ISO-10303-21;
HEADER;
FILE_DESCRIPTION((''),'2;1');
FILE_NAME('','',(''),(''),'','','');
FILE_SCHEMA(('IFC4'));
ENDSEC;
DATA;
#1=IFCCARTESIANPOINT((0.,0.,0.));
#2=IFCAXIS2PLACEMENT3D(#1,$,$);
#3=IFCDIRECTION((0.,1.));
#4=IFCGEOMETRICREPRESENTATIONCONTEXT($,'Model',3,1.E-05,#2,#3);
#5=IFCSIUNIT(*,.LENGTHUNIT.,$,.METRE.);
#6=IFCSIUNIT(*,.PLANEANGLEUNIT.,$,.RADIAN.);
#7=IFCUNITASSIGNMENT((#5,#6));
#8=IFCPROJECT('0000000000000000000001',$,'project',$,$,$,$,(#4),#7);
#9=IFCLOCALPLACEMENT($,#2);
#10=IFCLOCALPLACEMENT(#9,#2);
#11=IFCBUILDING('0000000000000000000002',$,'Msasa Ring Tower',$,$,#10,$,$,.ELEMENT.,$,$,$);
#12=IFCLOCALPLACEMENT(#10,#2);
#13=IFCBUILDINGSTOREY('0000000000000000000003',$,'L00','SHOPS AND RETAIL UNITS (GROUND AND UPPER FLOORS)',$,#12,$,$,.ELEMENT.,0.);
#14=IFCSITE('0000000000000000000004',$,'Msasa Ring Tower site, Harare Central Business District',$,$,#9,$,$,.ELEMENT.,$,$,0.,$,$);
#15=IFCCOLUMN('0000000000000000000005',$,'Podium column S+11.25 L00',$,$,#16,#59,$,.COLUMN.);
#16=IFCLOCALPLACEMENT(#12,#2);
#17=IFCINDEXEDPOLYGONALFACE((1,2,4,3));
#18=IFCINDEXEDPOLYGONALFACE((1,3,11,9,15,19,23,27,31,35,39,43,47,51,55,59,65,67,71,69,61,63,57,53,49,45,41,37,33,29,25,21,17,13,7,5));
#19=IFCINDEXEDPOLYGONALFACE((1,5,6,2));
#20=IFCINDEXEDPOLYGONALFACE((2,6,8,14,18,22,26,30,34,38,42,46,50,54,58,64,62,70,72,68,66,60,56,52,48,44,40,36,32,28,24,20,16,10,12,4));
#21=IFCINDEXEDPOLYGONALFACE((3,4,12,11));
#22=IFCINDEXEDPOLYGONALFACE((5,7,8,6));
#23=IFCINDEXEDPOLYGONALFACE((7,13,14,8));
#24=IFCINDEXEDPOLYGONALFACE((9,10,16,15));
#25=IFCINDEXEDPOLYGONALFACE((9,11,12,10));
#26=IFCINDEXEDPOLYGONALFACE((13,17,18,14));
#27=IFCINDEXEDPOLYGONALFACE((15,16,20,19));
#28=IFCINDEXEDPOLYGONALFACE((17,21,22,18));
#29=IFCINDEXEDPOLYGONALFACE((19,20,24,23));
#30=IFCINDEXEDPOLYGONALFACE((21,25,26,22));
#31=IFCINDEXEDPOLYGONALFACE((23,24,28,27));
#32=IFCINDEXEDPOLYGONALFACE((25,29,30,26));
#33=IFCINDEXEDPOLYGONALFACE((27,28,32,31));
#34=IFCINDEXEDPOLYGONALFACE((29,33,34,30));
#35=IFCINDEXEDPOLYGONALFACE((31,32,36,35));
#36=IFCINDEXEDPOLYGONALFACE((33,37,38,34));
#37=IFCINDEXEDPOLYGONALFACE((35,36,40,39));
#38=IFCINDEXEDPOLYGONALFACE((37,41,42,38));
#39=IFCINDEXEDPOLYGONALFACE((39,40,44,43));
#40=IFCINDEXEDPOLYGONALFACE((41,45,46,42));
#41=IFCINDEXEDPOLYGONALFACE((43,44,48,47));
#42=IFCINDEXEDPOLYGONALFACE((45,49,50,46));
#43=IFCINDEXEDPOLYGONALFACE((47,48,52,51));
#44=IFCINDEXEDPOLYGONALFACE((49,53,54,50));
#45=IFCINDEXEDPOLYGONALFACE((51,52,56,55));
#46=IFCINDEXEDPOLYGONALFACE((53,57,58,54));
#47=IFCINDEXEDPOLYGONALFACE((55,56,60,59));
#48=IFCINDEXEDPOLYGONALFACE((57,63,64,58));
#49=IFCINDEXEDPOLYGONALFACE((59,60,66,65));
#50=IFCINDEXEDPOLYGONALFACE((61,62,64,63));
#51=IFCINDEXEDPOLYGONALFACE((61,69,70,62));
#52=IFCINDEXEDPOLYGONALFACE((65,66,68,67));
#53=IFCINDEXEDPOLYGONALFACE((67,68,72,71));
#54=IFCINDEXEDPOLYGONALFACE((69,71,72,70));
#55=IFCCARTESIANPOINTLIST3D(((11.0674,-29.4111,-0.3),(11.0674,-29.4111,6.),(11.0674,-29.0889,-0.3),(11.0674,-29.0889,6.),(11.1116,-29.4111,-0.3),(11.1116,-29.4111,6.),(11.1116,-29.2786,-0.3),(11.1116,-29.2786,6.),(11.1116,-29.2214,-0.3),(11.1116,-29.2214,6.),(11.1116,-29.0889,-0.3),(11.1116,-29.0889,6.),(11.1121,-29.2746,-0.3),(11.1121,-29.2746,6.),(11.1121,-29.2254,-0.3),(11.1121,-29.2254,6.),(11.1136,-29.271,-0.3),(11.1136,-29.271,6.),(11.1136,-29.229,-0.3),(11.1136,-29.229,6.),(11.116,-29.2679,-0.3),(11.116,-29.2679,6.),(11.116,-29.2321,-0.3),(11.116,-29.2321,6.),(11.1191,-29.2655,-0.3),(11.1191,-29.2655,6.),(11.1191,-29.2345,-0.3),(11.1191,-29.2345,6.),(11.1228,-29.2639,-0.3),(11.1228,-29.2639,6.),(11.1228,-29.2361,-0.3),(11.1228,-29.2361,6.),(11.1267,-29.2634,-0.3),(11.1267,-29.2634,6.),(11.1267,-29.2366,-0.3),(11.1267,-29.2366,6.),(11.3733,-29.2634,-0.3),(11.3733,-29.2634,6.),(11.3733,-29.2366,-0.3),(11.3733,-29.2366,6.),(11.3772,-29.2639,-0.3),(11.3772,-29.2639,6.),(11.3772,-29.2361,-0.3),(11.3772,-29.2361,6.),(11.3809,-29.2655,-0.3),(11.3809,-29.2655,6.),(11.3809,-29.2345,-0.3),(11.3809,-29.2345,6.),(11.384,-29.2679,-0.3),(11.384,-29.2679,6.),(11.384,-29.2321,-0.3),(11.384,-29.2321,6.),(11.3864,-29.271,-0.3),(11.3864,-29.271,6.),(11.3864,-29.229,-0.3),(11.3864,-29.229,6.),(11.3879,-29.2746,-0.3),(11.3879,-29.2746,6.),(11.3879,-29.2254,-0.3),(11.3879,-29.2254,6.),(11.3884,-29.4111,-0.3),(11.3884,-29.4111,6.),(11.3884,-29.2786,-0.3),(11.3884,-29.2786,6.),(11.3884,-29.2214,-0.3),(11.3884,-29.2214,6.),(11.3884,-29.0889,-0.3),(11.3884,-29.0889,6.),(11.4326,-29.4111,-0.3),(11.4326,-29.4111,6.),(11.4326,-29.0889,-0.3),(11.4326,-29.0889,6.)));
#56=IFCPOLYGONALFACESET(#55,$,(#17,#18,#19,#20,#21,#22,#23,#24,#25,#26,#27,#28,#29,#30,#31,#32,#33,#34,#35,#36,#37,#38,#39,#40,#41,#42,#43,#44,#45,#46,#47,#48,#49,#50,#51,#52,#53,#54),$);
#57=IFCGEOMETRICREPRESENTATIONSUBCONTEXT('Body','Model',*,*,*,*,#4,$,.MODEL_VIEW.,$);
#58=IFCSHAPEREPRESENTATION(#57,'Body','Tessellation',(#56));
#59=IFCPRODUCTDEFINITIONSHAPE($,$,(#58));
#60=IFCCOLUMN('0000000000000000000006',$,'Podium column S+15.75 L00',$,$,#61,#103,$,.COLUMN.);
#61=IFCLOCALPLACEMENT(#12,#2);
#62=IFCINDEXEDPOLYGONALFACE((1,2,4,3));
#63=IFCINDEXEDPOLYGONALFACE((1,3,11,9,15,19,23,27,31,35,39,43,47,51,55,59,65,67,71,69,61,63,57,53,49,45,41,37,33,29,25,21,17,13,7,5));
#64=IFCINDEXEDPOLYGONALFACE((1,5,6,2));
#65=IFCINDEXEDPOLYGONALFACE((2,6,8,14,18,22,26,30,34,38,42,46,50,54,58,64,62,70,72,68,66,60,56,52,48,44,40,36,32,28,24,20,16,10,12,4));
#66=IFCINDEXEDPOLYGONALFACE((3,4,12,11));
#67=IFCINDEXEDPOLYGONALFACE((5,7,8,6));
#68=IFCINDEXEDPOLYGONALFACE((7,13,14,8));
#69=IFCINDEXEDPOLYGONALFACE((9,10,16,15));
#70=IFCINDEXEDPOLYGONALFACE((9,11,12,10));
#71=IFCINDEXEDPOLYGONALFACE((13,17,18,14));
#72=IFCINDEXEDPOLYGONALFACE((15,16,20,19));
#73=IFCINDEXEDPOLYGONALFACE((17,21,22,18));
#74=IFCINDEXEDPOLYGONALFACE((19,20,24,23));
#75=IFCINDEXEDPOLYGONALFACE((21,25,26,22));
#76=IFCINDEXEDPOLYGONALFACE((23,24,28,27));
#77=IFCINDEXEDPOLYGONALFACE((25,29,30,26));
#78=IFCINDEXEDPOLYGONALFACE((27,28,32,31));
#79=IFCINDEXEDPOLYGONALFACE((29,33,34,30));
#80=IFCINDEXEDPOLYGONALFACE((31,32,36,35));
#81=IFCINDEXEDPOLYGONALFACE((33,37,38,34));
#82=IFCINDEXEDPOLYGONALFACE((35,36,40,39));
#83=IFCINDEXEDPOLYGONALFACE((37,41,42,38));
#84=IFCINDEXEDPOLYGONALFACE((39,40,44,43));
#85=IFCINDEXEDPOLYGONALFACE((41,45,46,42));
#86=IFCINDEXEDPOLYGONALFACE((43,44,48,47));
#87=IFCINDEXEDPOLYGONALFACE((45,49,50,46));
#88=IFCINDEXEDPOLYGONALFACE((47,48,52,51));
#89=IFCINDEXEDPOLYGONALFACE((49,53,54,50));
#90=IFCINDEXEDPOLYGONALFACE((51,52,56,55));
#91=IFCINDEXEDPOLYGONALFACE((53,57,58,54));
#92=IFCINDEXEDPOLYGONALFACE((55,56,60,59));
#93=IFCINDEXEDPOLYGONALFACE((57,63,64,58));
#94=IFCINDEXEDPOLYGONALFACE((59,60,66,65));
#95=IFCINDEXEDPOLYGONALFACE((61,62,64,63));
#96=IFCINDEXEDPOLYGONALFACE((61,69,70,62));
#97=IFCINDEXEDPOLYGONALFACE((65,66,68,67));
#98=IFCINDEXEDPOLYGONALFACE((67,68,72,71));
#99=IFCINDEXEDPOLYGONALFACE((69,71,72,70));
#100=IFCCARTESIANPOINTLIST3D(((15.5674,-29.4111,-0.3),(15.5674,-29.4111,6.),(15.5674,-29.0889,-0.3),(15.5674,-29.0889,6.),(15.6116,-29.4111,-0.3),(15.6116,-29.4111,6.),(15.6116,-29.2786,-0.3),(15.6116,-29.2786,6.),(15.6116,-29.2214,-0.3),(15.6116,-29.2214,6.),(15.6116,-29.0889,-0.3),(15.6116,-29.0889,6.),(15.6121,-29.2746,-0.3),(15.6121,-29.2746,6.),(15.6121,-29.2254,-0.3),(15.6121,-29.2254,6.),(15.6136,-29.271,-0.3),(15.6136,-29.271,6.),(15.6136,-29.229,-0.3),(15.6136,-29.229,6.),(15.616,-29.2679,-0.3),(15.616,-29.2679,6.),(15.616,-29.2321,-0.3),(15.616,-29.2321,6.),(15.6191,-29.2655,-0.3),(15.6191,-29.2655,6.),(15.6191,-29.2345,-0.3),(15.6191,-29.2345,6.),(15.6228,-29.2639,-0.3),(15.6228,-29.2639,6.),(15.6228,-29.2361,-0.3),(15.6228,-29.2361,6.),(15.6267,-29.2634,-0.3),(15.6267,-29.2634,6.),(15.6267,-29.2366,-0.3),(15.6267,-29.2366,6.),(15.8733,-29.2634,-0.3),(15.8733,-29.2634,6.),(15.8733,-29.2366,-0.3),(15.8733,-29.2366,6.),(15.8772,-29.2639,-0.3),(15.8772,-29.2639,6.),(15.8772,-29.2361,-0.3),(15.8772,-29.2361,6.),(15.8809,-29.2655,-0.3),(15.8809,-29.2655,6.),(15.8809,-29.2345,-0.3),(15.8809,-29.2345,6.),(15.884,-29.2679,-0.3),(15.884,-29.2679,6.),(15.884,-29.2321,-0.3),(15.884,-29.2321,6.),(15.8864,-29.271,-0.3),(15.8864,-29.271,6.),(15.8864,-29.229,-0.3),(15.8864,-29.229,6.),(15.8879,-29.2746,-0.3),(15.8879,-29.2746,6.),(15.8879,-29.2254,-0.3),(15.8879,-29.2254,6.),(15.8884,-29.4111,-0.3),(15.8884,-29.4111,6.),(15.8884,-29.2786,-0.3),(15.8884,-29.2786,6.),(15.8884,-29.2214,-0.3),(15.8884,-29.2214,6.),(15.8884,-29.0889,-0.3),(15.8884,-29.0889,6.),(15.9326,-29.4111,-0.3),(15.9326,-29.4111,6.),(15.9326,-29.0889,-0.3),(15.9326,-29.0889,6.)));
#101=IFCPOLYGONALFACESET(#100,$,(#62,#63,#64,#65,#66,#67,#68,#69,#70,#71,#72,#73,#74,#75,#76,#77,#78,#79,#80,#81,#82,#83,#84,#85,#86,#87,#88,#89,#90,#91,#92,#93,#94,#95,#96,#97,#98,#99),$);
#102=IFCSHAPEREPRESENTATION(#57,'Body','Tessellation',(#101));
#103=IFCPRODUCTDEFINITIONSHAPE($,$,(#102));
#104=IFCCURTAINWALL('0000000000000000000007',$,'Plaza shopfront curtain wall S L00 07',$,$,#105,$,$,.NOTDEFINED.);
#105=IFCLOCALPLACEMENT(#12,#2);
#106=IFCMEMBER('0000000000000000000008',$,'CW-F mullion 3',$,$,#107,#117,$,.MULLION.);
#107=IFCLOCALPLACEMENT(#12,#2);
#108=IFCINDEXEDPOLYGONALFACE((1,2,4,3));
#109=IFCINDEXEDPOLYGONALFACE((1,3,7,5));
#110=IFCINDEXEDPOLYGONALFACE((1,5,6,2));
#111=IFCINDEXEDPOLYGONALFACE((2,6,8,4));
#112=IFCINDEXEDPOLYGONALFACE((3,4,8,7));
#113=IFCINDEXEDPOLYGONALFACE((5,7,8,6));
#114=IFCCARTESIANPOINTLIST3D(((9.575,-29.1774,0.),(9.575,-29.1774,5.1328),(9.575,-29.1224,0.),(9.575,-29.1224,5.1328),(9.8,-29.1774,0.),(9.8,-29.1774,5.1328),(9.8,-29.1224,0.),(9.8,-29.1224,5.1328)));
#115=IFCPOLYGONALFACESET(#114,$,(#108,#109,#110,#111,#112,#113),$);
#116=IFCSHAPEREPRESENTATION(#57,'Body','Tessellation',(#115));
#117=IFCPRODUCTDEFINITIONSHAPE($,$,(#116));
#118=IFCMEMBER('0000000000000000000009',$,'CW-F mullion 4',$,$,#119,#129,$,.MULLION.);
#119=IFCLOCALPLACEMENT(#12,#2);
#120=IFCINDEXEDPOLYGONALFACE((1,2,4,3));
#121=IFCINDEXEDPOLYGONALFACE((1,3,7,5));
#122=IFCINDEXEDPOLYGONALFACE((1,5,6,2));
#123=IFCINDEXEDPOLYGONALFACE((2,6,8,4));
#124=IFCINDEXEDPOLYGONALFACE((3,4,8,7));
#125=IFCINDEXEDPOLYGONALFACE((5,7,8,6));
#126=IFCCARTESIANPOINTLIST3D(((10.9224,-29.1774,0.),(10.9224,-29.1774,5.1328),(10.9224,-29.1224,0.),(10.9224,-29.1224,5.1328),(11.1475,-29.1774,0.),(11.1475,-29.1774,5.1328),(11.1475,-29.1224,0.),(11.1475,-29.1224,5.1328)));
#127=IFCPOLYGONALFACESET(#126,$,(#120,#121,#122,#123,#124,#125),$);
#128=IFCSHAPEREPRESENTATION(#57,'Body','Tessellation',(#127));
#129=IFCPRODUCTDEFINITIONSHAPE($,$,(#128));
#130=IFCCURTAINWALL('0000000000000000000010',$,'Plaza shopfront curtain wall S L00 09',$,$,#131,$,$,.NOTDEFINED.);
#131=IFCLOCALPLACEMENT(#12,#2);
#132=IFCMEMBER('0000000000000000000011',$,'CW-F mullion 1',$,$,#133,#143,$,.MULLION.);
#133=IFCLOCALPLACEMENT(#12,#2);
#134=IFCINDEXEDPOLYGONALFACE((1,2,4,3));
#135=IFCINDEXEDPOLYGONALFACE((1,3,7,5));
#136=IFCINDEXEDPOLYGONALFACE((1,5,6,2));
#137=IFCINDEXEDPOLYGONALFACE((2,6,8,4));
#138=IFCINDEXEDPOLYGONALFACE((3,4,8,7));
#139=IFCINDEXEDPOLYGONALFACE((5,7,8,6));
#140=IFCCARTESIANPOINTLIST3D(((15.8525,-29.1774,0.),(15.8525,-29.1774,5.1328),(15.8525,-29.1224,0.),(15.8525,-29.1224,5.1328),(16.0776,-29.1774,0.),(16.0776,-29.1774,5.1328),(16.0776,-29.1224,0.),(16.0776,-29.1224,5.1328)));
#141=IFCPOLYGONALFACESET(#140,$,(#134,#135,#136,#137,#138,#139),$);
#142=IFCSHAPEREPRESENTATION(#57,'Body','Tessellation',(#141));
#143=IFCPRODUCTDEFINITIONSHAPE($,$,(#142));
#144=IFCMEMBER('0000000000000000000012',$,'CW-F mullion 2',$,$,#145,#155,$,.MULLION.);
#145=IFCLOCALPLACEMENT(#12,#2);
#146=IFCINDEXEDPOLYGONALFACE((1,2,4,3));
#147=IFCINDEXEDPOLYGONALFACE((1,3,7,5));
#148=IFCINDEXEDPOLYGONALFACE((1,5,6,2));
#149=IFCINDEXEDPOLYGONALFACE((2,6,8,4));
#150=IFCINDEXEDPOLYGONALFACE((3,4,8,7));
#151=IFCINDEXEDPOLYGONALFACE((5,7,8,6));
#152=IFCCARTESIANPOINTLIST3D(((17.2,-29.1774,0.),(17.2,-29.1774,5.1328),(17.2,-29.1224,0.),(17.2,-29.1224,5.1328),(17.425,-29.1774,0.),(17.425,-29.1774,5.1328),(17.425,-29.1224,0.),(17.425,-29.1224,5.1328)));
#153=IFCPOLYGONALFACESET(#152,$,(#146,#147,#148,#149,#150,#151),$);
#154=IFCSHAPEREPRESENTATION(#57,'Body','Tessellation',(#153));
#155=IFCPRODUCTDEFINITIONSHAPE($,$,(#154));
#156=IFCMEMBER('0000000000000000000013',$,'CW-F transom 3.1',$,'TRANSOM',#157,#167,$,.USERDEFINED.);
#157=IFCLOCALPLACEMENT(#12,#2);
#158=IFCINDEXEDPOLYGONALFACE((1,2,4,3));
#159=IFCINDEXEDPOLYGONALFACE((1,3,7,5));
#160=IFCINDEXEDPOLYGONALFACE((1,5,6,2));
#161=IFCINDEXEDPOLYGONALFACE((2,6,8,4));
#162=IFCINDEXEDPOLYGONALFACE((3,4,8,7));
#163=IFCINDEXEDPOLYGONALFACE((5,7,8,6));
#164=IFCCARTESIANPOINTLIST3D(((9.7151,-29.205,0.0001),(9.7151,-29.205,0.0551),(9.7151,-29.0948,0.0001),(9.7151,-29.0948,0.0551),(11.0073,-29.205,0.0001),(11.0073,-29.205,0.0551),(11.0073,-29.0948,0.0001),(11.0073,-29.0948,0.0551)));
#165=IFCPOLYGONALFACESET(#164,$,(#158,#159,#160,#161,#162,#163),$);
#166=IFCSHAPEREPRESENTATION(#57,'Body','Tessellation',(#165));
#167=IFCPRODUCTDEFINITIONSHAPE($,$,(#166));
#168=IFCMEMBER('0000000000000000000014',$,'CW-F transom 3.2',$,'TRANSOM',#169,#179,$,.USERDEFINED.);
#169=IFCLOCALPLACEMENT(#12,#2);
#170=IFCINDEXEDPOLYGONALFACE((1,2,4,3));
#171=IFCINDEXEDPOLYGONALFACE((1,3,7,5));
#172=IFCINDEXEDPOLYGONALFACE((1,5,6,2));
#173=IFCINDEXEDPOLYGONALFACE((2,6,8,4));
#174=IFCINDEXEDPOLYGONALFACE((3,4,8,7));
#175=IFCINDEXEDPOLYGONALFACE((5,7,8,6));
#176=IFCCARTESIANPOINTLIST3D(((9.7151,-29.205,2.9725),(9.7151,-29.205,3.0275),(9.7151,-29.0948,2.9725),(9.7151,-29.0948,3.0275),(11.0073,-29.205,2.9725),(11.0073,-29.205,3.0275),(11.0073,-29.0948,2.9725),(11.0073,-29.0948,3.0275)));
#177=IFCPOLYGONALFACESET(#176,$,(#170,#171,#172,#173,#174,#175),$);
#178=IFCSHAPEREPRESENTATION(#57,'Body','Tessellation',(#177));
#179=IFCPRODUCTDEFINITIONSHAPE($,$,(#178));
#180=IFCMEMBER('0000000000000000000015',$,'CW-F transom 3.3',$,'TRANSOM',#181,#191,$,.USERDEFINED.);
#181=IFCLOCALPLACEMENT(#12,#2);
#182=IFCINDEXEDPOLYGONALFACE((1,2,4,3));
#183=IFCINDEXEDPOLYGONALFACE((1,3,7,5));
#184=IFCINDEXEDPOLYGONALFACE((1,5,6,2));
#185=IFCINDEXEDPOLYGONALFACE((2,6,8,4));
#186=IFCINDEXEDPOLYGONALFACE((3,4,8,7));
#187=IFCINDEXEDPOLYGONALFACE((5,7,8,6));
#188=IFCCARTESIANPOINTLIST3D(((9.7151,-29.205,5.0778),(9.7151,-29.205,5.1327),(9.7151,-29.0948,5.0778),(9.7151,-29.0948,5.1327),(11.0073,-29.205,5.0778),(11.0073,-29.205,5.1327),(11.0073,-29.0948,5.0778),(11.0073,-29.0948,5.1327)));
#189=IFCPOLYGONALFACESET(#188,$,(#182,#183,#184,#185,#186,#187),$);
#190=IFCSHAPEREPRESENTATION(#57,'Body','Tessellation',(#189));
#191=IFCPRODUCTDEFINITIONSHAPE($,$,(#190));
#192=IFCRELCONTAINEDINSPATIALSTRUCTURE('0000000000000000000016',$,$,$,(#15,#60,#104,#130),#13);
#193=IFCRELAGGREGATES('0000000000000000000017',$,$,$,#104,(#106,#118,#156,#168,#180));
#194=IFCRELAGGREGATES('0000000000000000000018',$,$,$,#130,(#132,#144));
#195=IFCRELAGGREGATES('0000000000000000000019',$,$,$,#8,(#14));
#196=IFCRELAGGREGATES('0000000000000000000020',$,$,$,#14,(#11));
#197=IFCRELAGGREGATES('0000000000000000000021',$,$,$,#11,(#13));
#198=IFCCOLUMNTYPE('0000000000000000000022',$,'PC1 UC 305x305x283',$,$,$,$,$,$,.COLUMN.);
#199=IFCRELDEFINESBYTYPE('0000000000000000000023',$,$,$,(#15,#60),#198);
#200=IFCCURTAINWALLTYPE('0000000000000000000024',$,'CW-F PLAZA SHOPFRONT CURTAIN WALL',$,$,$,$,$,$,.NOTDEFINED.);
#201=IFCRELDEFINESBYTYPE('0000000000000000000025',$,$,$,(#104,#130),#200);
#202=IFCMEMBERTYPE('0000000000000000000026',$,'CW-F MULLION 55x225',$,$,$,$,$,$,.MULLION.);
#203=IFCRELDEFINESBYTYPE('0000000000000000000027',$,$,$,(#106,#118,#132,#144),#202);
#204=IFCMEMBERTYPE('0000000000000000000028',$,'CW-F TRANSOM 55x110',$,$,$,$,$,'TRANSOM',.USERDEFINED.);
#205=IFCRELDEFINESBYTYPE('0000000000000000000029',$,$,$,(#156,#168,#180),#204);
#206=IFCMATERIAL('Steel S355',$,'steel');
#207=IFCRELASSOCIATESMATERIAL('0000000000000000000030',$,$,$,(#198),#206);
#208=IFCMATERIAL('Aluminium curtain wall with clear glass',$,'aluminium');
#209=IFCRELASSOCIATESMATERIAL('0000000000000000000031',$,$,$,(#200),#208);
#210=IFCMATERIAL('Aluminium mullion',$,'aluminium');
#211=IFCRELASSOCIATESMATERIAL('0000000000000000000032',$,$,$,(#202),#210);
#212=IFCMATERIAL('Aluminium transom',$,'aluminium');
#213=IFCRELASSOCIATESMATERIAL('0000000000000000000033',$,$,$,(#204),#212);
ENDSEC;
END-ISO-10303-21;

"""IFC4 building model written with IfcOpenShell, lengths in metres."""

from ifc_helpers import new_model, si_unit, direction, frame, origin, origin_2d, place, context, subcontext, project, spatial, rectangle, i_section, extrude, material, material_profile, profile_set, type_object, element, aggregate, save


model = new_model("IFC4")

# Units and contexts
model_context = context("Model", 3, precision=1e-05, world=origin(), true_north=direction((0.0, 1.0)))
body_context = subcontext(model_context, "Body", "Model", "MODEL_VIEW")
ifc_project = project(units=[si_unit("LENGTHUNIT", "METRE"), si_unit("PLANEANGLEUNIT", "RADIAN")], contexts=[model_context])

# Site, building, storey
site_placement = place(None, origin())
site = spatial("IfcSite", under=ifc_project, at=site_placement, Name="Msasa Ring Tower site, Harare Central Business District", CompositionType="ELEMENT", RefElevation=0.0)
building_placement = place(site_placement, origin())
building = spatial("IfcBuilding", under=site, at=building_placement, Name="Msasa Ring Tower", CompositionType="ELEMENT")
storey_placement = place(building_placement, origin())
storey = spatial("IfcBuildingStorey", under=building, at=storey_placement, Name="L00", Description="SHOPS AND RETAIL UNITS (GROUND AND UPPER FLOORS)", CompositionType="ELEMENT", Elevation=0.0)

# Columns
ifc_material_1 = material(Name="Steel S355", Category="steel")
ifc_material_profile_1 = material_profile(ifc_material_1, i_section(OverallWidth=0.3223, OverallDepth=0.3652, WebThickness=0.0269, FlangeThickness=0.0442, FilletRadius=0.0151, at=origin_2d()), Name="UC 305x305x283")
ifc_profile_set_1 = profile_set([ifc_material_profile_1], Name="Steel S355")
column_type = type_object("IfcColumnType", Name="PC1 UC 305x305x283", PredefinedType="COLUMN", material=ifc_profile_set_1)
for number, where, z_axis, x_axis, name in (
    (1, (11.25, -29.25, -0.3), (0.0, 0.0, 1.0), (0.0, 1.0, 0.0), "Podium column S+11.25 L00"),
    (2, (15.75, -29.25, -0.3), (0.0, 0.0, 1.0), (0.0, 1.0, 0.0), "Podium column S+15.75 L00"),
):
    element("IfcColumn", number, at=place(storey_placement, frame(where, z_axis=z_axis, x_axis=x_axis)), inside=storey, type_object=column_type, Name=name, PredefinedType="COLUMN", context=body_context, shape_type="SweptSolid", body=[
        extrude(i_section(OverallWidth=0.3223, OverallDepth=0.3652, WebThickness=0.0269, FlangeThickness=0.0442, FilletRadius=0.0151, at=origin_2d()), origin(), (0.0, 0.0, 1.0), 6.3),
    ])

# Curtain walls, members
ifc_material_2 = material(Name="Aluminium curtain wall with clear glass", Category="aluminium")
curtain_wall_type = type_object("IfcCurtainWallType", Name="CW-F PLAZA SHOPFRONT CURTAIN WALL", PredefinedType="NOTDEFINED", material=ifc_material_2)
curtain_wall_1_placement = place(storey_placement, origin())
curtain_wall_1 = element("IfcCurtainWall", 3, at=curtain_wall_1_placement, inside=storey, type_object=curtain_wall_type, Name="Plaza shopfront curtain wall S L00 07", PredefinedType="NOTDEFINED")
ifc_material_3 = material(Name="Aluminium mullion", Category="aluminium")
ifc_material_profile_2 = material_profile(ifc_material_3, rectangle(XDim=0.0549, YDim=0.2251, at=origin_2d()), Name="AL 55x225")
ifc_profile_set_2 = profile_set([ifc_material_profile_2], Name="Aluminium mullion")
member_type_1 = type_object("IfcMemberType", Name="CW-F MULLION 55x225", PredefinedType="MULLION", material=ifc_profile_set_2)
member_1_placement = place(storey_placement, frame((9.6875, -29.1499, 0.0), z_axis=(0.0, 0.0, 1.0), x_axis=(0.0, 1.0, 0.0)))
member_1 = element("IfcMember", 4, at=member_1_placement, type_object=member_type_1, Name="CW-F mullion 3", PredefinedType="MULLION", context=body_context, shape_type="SweptSolid", body=[
    extrude(rectangle(XDim=0.0549, YDim=0.2251, at=origin_2d()), origin(), (0.0, 0.0, 1.0), 5.1328),
])
member_2_placement = place(storey_placement, frame((11.0349, -29.1499, 0.0), z_axis=(0.0, 0.0, 1.0), x_axis=(0.0, 1.0, 0.0)))
member_2 = element("IfcMember", 5, at=member_2_placement, type_object=member_type_1, Name="CW-F mullion 4", PredefinedType="MULLION", context=body_context, shape_type="SweptSolid", body=[
    extrude(rectangle(XDim=0.0549, YDim=0.2251, at=origin_2d()), origin(), (0.0, 0.0, 1.0), 5.1328),
])
curtain_wall_2_placement = place(storey_placement, origin())
curtain_wall_2 = element("IfcCurtainWall", 6, at=curtain_wall_2_placement, inside=storey, type_object=curtain_wall_type, Name="Plaza shopfront curtain wall S L00 09", PredefinedType="NOTDEFINED")
member_3_placement = place(storey_placement, frame((15.9651, -29.1499, 0.0), z_axis=(0.0, 0.0, 1.0), x_axis=(0.0, 1.0, 0.0)))
member_3 = element("IfcMember", 7, at=member_3_placement, type_object=member_type_1, Name="CW-F mullion 1", PredefinedType="MULLION", context=body_context, shape_type="SweptSolid", body=[
    extrude(rectangle(XDim=0.0549, YDim=0.2251, at=origin_2d()), origin(), (0.0, 0.0, 1.0), 5.1328),
])
member_4_placement = place(storey_placement, frame((17.3125, -29.1499, 0.0), z_axis=(0.0, 0.0, 1.0), x_axis=(0.0, 1.0, 0.0)))
member_4 = element("IfcMember", 8, at=member_4_placement, type_object=member_type_1, Name="CW-F mullion 2", PredefinedType="MULLION", context=body_context, shape_type="SweptSolid", body=[
    extrude(rectangle(XDim=0.0549, YDim=0.2251, at=origin_2d()), origin(), (0.0, 0.0, 1.0), 5.1328),
])

# Members
ifc_material_4 = material(Name="Aluminium transom", Category="aluminium")
ifc_material_profile_3 = material_profile(ifc_material_4, rectangle(XDim=0.1101, YDim=0.0549, at=origin_2d()), Name="AL 55x110")
ifc_profile_set_3 = profile_set([ifc_material_profile_3], Name="Aluminium transom")
member_type_2 = type_object("IfcMemberType", Name="CW-F TRANSOM 55x110", ElementType="TRANSOM", PredefinedType="USERDEFINED", material=ifc_profile_set_3)
member_5_placement = place(storey_placement, frame((9.7151, -29.1499, 0.0276), z_axis=(1.0, 0.0, 0.0), x_axis=(0.0, 1.0, 0.0)))
member_5 = element("IfcMember", 9, at=member_5_placement, type_object=member_type_2, Name="CW-F transom 3.1", ObjectType="TRANSOM", PredefinedType="USERDEFINED", context=body_context, shape_type="SweptSolid", body=[
    extrude(rectangle(XDim=0.1101, YDim=0.0549, at=origin_2d()), origin(), (0.0, 0.0, 1.0), 1.2922),
])
member_6_placement = place(storey_placement, frame((9.7151, -29.1499, 3.0), z_axis=(1.0, 0.0, 0.0), x_axis=(0.0, 1.0, 0.0)))
member_6 = element("IfcMember", 10, at=member_6_placement, type_object=member_type_2, Name="CW-F transom 3.2", ObjectType="TRANSOM", PredefinedType="USERDEFINED", context=body_context, shape_type="SweptSolid", body=[
    extrude(rectangle(XDim=0.1101, YDim=0.0549, at=origin_2d()), origin(), (0.0, 0.0, 1.0), 1.2922),
])
member_7_placement = place(storey_placement, frame((9.7151, -29.1499, 5.1052), z_axis=(1.0, 0.0, 0.0), x_axis=(0.0, 1.0, 0.0)))
member_7 = element("IfcMember", 11, at=member_7_placement, type_object=member_type_2, Name="CW-F transom 3.3", ObjectType="TRANSOM", PredefinedType="USERDEFINED", context=body_context, shape_type="SweptSolid", body=[
    extrude(rectangle(XDim=0.1101, YDim=0.0549, at=origin_2d()), origin(), (0.0, 0.0, 1.0), 1.2922),
])

aggregate(curtain_wall_1, [member_1, member_2, member_5, member_6, member_7])
aggregate(curtain_wall_2, [member_3, member_4])

save(model, "model.ifc")
